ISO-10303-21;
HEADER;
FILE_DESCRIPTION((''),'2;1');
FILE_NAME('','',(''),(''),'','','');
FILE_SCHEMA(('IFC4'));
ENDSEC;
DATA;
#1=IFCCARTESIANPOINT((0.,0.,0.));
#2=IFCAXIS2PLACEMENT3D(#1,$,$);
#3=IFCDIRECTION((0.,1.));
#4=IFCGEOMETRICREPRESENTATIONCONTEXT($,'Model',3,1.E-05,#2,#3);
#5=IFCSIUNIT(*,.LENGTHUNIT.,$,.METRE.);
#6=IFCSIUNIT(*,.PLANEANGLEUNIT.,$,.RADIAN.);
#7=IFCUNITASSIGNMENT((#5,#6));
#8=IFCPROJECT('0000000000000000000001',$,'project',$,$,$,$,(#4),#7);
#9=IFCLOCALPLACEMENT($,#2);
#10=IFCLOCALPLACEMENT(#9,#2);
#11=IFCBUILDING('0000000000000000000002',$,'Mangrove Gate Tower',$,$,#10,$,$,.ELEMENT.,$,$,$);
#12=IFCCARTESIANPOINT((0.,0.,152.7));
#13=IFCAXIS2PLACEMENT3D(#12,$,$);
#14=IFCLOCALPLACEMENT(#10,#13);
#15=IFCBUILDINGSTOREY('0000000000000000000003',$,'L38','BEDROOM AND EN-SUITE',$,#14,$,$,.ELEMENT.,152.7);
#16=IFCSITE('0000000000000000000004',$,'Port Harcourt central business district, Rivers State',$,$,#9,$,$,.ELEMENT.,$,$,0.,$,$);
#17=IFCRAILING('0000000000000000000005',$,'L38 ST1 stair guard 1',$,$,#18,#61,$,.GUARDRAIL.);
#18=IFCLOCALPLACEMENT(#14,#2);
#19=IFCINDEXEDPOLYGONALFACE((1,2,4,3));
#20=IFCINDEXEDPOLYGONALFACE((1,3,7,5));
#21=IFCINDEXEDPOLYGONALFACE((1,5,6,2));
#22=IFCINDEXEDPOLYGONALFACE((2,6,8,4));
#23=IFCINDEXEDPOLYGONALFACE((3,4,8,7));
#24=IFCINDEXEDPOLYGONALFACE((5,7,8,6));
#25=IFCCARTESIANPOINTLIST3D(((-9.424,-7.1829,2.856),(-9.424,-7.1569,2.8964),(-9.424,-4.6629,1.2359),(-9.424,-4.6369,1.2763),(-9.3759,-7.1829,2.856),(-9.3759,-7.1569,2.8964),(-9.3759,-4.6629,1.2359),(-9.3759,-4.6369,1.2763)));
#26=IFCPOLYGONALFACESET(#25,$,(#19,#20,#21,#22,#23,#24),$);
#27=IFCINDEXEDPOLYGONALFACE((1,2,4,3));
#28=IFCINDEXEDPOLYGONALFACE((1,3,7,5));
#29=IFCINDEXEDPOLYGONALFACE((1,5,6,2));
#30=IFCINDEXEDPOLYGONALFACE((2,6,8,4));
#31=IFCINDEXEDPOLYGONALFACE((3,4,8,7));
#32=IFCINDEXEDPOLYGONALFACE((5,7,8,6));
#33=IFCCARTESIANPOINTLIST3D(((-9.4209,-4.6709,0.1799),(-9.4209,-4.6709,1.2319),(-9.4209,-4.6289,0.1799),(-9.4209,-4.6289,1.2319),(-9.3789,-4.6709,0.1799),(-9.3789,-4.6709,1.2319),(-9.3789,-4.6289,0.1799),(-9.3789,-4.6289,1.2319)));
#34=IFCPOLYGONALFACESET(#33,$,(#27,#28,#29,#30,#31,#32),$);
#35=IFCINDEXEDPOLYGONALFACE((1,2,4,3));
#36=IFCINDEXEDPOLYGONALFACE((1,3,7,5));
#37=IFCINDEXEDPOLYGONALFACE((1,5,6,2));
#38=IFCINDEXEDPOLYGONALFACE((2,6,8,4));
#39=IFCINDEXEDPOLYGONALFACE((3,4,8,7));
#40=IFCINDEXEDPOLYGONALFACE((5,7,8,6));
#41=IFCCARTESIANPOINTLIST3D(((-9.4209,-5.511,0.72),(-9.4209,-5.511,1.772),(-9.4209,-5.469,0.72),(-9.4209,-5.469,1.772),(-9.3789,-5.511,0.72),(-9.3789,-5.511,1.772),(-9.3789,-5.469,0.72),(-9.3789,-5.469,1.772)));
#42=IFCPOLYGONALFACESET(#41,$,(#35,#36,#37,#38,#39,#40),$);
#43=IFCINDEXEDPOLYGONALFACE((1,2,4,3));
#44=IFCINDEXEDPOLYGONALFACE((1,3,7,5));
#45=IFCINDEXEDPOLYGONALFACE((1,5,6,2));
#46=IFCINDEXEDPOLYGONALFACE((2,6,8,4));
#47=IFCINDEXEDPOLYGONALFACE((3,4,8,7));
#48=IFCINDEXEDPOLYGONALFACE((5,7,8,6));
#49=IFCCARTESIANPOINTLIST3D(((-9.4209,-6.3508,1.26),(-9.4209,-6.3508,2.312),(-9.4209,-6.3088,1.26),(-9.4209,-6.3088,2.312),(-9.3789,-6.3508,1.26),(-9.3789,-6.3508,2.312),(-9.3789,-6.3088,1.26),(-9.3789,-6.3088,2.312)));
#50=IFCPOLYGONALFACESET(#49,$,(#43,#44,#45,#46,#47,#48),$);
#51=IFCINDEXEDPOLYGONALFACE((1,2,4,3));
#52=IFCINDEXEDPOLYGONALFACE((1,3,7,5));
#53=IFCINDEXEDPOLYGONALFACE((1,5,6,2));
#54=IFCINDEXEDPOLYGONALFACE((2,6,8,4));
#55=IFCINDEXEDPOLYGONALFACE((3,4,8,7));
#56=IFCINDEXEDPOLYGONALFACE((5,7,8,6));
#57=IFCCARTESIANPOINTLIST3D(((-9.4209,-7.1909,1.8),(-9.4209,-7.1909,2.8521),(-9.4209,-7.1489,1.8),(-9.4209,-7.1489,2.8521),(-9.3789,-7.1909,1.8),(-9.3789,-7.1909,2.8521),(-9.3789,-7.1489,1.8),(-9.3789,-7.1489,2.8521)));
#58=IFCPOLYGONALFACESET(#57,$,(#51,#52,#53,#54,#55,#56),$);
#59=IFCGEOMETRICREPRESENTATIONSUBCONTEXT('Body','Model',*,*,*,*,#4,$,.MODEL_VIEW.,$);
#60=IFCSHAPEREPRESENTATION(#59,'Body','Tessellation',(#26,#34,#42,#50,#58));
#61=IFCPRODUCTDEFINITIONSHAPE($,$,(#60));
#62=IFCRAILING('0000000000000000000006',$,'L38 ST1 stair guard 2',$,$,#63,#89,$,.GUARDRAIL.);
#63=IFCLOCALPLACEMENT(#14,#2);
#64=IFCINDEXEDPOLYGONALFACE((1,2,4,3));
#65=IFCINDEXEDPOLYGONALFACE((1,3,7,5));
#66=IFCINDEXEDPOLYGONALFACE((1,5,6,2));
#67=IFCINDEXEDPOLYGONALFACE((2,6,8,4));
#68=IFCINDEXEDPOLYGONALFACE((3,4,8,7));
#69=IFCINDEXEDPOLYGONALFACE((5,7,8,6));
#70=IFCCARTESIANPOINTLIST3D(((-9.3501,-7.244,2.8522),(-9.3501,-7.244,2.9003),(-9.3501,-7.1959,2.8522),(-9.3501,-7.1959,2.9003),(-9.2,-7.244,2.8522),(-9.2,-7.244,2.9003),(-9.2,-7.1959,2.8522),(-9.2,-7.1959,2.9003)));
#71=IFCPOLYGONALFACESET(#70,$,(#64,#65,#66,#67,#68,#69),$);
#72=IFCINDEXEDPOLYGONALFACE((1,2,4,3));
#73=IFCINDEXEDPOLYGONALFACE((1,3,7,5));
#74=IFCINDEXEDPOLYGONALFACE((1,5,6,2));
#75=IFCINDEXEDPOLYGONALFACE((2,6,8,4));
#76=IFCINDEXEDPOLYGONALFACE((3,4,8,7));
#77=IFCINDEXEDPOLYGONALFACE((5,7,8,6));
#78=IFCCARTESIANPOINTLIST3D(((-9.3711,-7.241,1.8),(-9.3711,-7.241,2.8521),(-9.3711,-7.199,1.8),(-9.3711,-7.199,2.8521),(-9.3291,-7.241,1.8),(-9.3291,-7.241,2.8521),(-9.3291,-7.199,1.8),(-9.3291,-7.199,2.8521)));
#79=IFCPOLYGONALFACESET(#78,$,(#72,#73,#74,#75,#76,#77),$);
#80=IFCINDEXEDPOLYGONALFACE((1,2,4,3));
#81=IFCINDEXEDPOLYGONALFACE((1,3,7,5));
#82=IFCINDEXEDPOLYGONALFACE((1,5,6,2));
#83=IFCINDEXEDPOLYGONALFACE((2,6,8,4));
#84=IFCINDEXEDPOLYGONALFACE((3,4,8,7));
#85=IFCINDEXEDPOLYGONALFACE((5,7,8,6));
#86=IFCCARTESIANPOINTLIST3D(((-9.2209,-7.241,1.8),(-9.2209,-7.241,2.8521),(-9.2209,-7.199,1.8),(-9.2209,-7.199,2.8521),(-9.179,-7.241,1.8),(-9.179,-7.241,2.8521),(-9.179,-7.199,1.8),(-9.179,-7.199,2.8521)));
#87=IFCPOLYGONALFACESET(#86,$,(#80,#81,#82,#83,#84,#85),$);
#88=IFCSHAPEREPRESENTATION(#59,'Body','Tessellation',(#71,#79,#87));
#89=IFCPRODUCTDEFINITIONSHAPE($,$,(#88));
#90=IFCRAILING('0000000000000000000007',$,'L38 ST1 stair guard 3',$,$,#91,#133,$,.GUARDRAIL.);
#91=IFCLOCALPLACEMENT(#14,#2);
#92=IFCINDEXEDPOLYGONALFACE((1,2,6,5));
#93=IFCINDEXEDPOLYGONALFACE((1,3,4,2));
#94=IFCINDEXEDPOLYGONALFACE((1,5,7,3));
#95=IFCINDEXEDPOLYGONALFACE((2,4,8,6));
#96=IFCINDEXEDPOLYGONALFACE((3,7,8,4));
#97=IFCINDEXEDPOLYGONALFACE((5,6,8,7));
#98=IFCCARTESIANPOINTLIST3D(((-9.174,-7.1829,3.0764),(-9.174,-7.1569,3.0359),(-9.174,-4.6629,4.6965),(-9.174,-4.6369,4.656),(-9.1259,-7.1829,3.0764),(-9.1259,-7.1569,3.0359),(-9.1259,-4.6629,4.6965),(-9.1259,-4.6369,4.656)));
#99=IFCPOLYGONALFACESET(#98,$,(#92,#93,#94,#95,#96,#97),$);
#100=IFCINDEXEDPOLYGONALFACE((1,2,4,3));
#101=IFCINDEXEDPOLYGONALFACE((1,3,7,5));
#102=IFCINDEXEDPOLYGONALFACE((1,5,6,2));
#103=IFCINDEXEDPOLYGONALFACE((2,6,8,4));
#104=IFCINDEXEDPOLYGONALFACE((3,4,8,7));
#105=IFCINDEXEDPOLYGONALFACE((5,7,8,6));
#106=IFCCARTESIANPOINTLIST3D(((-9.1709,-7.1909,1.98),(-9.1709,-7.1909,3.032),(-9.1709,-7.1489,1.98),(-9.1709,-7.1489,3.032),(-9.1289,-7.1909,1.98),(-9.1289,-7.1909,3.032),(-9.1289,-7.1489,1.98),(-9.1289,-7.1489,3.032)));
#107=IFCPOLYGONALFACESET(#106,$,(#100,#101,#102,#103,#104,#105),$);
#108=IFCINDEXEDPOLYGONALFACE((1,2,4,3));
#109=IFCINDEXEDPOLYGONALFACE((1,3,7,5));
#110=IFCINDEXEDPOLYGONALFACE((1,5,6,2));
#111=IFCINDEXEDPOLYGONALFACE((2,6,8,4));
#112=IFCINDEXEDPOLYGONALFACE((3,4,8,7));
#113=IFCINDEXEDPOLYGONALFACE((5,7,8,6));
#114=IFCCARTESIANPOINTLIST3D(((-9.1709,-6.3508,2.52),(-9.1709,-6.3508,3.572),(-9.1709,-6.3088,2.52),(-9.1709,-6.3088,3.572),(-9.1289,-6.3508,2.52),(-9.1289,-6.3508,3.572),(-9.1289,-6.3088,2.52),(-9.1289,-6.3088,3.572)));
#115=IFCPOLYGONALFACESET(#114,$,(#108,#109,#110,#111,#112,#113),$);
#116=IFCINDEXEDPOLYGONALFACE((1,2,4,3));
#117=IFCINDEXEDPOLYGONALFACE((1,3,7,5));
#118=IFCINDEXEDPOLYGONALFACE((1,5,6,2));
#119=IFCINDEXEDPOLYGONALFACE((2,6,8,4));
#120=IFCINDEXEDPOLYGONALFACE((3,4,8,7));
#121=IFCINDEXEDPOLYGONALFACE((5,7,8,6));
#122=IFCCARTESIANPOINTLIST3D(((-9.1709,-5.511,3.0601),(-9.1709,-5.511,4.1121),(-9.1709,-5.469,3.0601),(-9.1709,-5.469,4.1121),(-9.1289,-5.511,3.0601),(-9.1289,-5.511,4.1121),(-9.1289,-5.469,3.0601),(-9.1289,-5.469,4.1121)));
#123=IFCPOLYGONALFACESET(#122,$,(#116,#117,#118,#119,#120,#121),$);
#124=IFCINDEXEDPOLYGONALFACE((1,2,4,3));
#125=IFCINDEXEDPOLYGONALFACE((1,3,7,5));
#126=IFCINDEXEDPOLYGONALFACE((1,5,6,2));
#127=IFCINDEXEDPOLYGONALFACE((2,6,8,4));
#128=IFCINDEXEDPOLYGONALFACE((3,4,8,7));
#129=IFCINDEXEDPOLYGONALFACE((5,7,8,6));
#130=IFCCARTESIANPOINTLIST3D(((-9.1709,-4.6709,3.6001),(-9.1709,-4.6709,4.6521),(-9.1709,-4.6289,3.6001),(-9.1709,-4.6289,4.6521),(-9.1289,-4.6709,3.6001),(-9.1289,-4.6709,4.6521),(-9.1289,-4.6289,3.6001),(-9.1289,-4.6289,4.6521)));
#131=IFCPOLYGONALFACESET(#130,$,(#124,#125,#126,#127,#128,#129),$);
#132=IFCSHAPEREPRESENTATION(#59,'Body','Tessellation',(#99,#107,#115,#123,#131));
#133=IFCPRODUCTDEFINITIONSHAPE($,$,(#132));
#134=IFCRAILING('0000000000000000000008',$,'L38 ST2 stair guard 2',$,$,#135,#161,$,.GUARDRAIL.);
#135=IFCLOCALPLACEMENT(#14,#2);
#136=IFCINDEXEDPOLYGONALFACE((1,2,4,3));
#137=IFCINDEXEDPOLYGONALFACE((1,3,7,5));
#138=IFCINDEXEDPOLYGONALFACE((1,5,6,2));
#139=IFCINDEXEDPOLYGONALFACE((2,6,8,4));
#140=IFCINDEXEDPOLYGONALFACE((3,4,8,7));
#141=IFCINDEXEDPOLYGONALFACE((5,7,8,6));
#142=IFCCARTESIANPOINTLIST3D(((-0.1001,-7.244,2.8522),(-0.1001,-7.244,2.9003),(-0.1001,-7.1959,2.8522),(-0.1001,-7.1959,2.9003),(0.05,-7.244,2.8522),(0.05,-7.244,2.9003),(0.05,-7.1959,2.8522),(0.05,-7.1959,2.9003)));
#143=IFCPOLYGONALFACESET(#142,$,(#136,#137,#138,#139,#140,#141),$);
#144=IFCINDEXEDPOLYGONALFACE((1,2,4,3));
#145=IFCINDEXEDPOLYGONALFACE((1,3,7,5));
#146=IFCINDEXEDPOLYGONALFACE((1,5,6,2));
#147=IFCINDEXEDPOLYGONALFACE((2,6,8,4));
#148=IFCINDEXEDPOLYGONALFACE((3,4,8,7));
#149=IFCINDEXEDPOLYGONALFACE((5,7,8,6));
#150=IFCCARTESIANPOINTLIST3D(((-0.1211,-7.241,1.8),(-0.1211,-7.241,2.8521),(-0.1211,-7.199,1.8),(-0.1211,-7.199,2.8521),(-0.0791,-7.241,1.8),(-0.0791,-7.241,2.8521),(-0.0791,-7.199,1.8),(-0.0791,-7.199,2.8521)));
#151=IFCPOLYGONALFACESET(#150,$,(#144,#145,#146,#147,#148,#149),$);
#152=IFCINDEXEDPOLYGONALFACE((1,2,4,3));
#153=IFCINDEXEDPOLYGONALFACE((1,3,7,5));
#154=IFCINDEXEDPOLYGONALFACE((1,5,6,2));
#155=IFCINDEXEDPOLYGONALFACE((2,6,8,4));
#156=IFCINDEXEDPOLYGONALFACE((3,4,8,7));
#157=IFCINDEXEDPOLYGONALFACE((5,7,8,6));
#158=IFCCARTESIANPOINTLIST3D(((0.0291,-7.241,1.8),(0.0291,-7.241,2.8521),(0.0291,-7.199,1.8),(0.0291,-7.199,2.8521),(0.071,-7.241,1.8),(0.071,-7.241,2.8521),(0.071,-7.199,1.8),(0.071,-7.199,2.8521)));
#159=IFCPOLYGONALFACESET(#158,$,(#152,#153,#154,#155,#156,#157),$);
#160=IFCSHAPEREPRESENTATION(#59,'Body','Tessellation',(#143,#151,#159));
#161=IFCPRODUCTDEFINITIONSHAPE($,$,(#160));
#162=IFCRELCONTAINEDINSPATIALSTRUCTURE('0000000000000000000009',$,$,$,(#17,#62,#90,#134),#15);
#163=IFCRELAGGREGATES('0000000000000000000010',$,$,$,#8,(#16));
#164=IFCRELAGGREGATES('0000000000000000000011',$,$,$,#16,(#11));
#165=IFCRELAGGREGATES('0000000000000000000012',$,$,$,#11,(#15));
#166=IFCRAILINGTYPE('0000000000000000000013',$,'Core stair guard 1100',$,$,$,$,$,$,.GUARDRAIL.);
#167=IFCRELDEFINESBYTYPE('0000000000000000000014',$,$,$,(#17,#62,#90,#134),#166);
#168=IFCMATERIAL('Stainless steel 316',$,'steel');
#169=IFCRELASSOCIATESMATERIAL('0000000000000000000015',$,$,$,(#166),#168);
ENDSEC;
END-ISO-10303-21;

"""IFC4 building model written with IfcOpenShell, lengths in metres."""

from ifc_helpers import new_model, si_unit, direction, frame, origin, origin_2d, place, context, subcontext, project, spatial, rectangle, extrude, material, type_object, element, save


model = new_model("IFC4")

# Units and contexts
model_context = context("Model", 3, precision=1e-05, world=origin(), true_north=direction((0.0, 1.0)))
body_context = subcontext(model_context, "Body", "Model", "MODEL_VIEW")
ifc_project = project(units=[si_unit("LENGTHUNIT", "METRE"), si_unit("PLANEANGLEUNIT", "RADIAN")], contexts=[model_context])

# Site, building, storey
site_placement = place(None, origin())
site = spatial("IfcSite", under=ifc_project, at=site_placement, Name="Port Harcourt central business district, Rivers State", CompositionType="ELEMENT", RefElevation=0.0)
building_placement = place(site_placement, origin())
building = spatial("IfcBuilding", under=site, at=building_placement, Name="Mangrove Gate Tower", CompositionType="ELEMENT")
storey_placement = place(building_placement, frame((0.0, 0.0, 152.7)))
storey = spatial("IfcBuildingStorey", under=building, at=storey_placement, Name="L38", Description="BEDROOM AND EN-SUITE", CompositionType="ELEMENT", Elevation=152.7)

# Railings
ifc_material_1 = material(Name="Stainless steel 316", Category="steel")
railing_type_1 = type_object("IfcRailingType", Name="Core stair guard 1100", PredefinedType="GUARDRAIL", material=ifc_material_1)
railing_1_placement = place(storey_placement, frame((-9.3999, -4.6499, 0.1799)))
element("IfcRailing", 1, at=railing_1_placement, inside=storey, type_object=railing_type_1, Name="L38 ST1 stair guard 1", PredefinedType="GUARDRAIL", context=body_context, shape_type="SweptSolid", body=[
    extrude(rectangle(XDim=0.0481, YDim=0.0481, at=origin_2d()), frame((0.0, 0.0, 1.0762), z_axis=(0.0, -0.841163, 0.540782), x_axis=(1.0, 0.0, 0.0)), (0.0, 0.0, 1.0), 2.9958),
    extrude(rectangle(XDim=0.042, YDim=0.042, at=origin_2d()), origin(), (0.0, 0.0, 1.0), 1.052),
    extrude(rectangle(XDim=0.042, YDim=0.042, at=origin_2d()), frame((0.0, -0.8401, 0.54)), (0.0, 0.0, 1.0), 1.052),
    extrude(rectangle(XDim=0.042, YDim=0.042, at=origin_2d()), frame((0.0, -1.6799, 1.0801)), (0.0, 0.0, 1.0), 1.052),
    extrude(rectangle(XDim=0.042, YDim=0.042, at=origin_2d()), frame((0.0, -2.52, 1.6201)), (0.0, 0.0, 1.0), 1.052),
])
railing_2_placement = place(storey_placement, frame((-9.3501, -7.22, 1.8)))
element("IfcRailing", 2, at=railing_2_placement, inside=storey, type_object=railing_type_1, Name="L38 ST1 stair guard 2", PredefinedType="GUARDRAIL", context=body_context, shape_type="SweptSolid", body=[
    extrude(rectangle(XDim=0.0481, YDim=0.0481, at=origin_2d()), frame((0.0, 0.0, 1.0762), z_axis=(1.0, 0.0, 0.0), x_axis=(0.0, 1.0, 0.0)), (0.0, 0.0, 1.0), 0.1501),
    extrude(rectangle(XDim=0.042, YDim=0.042, at=origin_2d()), origin(), (0.0, 0.0, 1.0), 1.052),
    extrude(rectangle(XDim=0.042, YDim=0.042, at=origin_2d()), frame((0.1501, 0.0, 0.0)), (0.0, 0.0, 1.0), 1.052),
])
railing_3_placement = place(storey_placement, frame((-9.1499, -7.1699, 1.98)))
element("IfcRailing", 3, at=railing_3_placement, inside=storey, type_object=railing_type_1, Name="L38 ST1 stair guard 3", PredefinedType="GUARDRAIL", context=body_context, shape_type="SweptSolid", body=[
    extrude(rectangle(XDim=0.0481, YDim=0.0481, at=origin_2d()), frame((0.0, 0.0, 1.0762), z_axis=(0.0, 0.841163, 0.540782), x_axis=(-1.0, 0.0, 0.0)), (0.0, 0.0, 1.0), 2.9958),
    extrude(rectangle(XDim=0.042, YDim=0.042, at=origin_2d()), origin(), (0.0, 0.0, 1.0), 1.052),
    extrude(rectangle(XDim=0.042, YDim=0.042, at=origin_2d()), frame((0.0, 0.8401, 0.54)), (0.0, 0.0, 1.0), 1.052),
    extrude(rectangle(XDim=0.042, YDim=0.042, at=origin_2d()), frame((0.0, 1.6799, 1.0801)), (0.0, 0.0, 1.0), 1.052),
    extrude(rectangle(XDim=0.042, YDim=0.042, at=origin_2d()), frame((0.0, 2.52, 1.6201)), (0.0, 0.0, 1.0), 1.052),
])
railing_4_placement = place(storey_placement, frame((-0.1001, -7.22, 1.8)))
element("IfcRailing", 4, at=railing_4_placement, inside=storey, type_object=railing_type_1, Name="L38 ST2 stair guard 2", PredefinedType="GUARDRAIL", context=body_context, shape_type="SweptSolid", body=[
    extrude(rectangle(XDim=0.0481, YDim=0.0481, at=origin_2d()), frame((0.0, 0.0, 1.0762), z_axis=(1.0, 0.0, 0.0), x_axis=(0.0, 1.0, 0.0)), (0.0, 0.0, 1.0), 0.1501),
    extrude(rectangle(XDim=0.042, YDim=0.042, at=origin_2d()), origin(), (0.0, 0.0, 1.0), 1.052),
    extrude(rectangle(XDim=0.042, YDim=0.042, at=origin_2d()), frame((0.1501, 0.0, 0.0)), (0.0, 0.0, 1.0), 1.052),
])

save(model, "model.ifc")
